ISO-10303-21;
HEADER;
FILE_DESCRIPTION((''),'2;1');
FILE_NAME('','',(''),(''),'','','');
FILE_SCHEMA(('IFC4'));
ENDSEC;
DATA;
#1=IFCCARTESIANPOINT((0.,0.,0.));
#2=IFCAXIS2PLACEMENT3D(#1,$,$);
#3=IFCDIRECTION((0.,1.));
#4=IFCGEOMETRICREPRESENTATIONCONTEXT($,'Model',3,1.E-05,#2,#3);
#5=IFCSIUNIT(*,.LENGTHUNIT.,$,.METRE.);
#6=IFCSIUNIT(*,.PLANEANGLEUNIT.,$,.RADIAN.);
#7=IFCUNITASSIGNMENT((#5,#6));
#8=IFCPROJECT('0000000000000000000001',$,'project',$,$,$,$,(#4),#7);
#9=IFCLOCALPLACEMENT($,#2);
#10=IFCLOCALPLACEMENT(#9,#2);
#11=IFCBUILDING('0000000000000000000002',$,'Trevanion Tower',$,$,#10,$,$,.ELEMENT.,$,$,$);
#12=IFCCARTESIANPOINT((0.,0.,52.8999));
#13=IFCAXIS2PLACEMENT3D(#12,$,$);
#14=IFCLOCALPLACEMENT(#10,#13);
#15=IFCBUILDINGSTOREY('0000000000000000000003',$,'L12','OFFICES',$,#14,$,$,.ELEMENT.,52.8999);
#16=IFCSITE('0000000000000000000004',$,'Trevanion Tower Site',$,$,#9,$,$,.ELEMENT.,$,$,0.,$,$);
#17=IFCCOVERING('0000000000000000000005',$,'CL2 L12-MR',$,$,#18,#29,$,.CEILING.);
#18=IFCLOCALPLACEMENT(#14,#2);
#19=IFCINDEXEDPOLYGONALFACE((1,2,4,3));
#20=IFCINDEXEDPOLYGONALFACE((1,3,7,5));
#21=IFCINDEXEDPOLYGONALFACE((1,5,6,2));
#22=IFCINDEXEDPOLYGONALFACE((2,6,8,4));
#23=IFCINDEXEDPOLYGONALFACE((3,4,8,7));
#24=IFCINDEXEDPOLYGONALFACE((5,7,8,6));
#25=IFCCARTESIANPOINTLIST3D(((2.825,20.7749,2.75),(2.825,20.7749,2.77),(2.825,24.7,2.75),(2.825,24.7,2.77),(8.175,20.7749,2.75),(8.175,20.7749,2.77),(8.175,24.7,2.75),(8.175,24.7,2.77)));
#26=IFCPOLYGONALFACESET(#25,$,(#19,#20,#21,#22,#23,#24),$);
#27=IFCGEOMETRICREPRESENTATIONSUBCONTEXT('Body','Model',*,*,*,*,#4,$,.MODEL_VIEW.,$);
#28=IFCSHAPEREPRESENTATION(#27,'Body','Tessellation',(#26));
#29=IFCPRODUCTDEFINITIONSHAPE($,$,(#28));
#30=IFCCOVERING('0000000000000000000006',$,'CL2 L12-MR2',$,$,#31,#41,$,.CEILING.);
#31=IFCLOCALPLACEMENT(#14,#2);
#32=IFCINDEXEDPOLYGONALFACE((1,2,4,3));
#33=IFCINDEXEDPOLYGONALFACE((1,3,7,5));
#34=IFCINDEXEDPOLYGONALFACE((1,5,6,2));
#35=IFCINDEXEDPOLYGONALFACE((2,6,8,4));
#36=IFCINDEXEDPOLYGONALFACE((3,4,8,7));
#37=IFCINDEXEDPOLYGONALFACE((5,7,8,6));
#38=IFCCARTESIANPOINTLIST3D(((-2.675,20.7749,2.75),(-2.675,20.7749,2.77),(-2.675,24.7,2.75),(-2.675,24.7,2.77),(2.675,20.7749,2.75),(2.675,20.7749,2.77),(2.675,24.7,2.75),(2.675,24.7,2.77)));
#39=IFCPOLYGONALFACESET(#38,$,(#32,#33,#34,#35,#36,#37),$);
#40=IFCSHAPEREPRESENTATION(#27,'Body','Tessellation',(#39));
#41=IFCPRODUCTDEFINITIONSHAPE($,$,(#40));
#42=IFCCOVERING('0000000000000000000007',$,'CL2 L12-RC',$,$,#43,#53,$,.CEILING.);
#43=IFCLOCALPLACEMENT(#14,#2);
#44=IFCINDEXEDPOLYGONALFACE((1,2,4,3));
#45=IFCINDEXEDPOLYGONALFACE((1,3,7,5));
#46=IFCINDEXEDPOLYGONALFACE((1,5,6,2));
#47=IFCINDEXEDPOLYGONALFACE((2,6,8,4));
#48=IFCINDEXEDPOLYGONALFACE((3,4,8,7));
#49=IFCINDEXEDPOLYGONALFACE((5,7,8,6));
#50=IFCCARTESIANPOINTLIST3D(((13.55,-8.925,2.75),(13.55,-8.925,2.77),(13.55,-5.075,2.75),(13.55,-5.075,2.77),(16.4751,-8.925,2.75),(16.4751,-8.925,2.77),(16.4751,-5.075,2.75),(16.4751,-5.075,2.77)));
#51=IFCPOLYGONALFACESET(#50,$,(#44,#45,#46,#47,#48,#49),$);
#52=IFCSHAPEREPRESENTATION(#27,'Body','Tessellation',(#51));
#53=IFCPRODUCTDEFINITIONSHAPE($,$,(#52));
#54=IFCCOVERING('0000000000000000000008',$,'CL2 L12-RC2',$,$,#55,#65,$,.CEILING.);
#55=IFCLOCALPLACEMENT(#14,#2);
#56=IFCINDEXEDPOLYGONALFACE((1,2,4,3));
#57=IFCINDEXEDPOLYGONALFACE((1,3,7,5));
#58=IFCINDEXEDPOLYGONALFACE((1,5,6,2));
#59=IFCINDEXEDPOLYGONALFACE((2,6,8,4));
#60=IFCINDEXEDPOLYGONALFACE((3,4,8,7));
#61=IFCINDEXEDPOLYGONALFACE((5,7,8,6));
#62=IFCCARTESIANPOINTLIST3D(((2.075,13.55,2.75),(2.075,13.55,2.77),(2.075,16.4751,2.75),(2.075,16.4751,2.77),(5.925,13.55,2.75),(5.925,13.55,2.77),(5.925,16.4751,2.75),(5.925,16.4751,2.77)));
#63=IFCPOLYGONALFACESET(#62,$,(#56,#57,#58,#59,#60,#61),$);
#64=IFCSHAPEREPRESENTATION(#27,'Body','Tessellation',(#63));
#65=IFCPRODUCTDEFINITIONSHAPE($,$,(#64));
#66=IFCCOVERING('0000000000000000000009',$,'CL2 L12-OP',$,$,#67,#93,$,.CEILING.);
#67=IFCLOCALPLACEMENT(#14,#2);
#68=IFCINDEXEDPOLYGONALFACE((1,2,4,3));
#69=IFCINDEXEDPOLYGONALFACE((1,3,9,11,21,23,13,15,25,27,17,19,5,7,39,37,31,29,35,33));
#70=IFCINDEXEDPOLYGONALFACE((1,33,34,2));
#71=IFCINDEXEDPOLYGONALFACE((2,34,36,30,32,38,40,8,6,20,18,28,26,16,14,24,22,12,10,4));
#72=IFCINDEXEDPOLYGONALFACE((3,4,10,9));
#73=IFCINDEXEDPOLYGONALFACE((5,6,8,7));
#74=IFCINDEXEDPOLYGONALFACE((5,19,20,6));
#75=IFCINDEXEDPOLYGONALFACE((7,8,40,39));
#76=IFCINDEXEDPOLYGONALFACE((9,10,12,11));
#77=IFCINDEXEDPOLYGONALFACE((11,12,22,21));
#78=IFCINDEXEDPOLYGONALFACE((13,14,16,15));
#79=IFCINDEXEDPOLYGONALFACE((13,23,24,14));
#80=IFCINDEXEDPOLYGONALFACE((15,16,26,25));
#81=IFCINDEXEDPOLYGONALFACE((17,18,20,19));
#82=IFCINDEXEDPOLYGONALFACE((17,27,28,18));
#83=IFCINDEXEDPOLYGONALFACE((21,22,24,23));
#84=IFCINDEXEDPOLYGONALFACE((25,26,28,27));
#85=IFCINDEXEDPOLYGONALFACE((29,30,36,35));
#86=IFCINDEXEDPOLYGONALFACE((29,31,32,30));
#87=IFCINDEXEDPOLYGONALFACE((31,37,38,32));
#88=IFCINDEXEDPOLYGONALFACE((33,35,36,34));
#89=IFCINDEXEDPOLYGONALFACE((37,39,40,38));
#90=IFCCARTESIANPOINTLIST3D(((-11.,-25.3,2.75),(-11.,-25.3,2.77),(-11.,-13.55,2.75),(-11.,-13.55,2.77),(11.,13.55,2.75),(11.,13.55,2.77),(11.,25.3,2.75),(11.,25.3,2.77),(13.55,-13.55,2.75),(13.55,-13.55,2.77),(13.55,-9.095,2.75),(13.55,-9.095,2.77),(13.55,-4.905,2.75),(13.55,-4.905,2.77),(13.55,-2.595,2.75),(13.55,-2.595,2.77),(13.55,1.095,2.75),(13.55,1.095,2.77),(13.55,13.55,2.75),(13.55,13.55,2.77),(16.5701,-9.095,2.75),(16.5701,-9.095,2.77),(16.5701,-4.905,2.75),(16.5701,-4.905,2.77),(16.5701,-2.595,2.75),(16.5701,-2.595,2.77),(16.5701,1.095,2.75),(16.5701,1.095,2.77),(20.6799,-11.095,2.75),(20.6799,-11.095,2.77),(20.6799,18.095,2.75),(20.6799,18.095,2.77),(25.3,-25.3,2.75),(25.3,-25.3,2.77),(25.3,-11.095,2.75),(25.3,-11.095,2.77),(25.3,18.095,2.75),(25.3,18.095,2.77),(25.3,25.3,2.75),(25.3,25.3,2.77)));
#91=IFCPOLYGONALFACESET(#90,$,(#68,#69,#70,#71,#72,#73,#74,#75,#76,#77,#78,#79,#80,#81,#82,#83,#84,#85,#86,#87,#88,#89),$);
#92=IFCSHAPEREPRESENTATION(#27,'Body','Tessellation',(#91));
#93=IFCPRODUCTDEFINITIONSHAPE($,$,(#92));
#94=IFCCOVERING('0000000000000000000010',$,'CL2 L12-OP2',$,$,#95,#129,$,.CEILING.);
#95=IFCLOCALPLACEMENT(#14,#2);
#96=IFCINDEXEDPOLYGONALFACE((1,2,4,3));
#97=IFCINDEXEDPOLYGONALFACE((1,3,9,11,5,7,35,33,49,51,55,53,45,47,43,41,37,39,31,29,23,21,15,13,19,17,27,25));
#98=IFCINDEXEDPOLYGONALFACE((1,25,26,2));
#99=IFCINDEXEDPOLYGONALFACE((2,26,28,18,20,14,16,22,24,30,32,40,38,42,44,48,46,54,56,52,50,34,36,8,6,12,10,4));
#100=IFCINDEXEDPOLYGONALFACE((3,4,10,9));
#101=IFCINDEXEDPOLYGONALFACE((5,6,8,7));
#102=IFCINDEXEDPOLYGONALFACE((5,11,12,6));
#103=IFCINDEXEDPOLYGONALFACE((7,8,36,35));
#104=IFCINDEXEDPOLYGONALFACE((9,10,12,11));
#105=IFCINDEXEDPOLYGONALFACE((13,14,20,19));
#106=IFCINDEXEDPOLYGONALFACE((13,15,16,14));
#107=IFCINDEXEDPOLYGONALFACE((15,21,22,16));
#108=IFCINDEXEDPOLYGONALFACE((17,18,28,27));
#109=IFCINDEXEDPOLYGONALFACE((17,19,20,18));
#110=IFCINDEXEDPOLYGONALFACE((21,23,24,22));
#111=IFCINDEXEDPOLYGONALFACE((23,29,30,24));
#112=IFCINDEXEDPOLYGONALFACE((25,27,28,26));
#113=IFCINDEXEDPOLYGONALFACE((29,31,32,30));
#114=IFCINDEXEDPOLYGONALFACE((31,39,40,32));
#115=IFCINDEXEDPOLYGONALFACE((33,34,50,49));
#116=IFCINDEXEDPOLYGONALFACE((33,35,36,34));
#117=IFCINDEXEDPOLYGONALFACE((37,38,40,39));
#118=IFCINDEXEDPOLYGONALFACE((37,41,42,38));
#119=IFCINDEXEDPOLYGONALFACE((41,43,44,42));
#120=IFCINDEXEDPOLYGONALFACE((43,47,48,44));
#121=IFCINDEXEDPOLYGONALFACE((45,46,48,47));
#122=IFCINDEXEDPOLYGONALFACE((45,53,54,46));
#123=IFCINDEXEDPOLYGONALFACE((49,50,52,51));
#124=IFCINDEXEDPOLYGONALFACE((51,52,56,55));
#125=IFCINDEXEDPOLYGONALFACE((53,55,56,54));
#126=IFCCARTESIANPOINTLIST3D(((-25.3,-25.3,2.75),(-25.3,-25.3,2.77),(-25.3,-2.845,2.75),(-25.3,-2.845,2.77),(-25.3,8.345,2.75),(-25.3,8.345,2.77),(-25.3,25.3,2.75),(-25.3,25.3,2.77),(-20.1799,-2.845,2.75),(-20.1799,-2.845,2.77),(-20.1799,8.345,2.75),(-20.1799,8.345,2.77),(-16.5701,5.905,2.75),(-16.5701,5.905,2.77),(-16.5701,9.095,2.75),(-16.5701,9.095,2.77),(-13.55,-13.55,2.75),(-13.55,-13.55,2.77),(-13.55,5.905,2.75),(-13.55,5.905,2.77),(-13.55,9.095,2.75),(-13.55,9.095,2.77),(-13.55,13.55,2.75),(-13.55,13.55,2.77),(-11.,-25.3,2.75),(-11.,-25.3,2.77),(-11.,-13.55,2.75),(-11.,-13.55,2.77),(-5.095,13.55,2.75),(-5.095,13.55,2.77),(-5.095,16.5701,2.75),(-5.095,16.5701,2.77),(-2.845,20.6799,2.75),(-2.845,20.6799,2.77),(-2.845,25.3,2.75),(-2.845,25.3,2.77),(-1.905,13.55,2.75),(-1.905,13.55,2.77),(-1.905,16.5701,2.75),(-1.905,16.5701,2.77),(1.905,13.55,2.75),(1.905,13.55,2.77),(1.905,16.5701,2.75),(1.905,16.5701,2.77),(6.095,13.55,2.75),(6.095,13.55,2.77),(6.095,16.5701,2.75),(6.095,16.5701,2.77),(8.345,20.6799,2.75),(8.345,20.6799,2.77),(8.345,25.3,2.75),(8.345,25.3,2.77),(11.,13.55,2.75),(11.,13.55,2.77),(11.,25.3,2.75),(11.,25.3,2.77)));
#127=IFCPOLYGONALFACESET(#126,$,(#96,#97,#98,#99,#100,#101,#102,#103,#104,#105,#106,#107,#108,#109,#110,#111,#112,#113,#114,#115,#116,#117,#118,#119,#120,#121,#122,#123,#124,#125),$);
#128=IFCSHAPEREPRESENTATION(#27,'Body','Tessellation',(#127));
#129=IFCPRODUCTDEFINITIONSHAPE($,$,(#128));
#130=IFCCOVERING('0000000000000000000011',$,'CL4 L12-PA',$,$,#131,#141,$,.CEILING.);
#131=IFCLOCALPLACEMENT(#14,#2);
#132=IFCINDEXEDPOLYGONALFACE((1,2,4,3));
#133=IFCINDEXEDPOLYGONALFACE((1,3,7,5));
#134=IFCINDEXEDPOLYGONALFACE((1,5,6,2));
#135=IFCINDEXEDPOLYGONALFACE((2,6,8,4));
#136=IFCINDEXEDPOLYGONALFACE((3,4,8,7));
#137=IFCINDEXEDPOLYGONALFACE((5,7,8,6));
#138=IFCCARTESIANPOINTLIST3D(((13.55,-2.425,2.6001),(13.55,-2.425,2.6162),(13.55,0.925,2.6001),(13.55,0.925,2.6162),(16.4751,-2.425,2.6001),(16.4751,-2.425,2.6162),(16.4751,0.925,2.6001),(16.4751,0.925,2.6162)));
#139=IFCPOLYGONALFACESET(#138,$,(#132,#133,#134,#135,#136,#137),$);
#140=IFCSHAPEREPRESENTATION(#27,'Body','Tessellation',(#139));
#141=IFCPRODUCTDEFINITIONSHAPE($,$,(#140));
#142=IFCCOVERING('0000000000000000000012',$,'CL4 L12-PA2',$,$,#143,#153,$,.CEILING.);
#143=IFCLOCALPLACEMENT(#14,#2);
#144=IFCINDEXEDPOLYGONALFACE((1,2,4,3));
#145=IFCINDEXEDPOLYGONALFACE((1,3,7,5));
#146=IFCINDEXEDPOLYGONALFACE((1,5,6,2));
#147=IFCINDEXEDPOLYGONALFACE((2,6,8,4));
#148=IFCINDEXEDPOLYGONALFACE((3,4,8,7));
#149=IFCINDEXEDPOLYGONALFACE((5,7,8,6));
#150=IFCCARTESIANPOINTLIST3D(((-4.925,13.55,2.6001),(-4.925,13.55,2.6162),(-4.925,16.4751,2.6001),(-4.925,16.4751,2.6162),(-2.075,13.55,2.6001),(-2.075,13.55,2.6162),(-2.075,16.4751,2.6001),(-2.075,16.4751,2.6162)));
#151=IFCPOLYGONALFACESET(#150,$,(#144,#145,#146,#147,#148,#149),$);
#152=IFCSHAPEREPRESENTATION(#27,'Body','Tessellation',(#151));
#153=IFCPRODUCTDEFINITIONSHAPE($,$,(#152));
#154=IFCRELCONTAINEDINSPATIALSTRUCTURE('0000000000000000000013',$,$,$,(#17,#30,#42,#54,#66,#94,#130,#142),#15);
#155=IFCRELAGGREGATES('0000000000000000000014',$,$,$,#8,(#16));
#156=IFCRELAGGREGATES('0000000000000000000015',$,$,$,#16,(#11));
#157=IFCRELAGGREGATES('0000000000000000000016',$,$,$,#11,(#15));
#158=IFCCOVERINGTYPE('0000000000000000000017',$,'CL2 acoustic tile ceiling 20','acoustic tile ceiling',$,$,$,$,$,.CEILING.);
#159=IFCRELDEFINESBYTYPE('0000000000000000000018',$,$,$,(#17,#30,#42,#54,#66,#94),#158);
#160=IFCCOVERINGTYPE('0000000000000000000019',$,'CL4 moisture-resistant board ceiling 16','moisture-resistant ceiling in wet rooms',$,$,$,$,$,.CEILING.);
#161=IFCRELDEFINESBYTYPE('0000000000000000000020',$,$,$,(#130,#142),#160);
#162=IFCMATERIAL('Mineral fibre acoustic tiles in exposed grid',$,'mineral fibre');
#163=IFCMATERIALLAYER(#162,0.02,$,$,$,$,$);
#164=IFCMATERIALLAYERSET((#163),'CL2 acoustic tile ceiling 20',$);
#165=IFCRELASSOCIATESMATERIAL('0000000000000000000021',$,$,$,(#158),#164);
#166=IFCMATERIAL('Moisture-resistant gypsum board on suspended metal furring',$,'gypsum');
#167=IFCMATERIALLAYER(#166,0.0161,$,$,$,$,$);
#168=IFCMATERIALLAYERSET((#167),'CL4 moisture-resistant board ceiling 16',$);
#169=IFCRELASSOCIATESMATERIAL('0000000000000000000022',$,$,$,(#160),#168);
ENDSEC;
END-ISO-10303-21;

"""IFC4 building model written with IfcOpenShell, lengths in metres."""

from ifc_helpers import new_model, si_unit, direction, frame, origin, place, context, subcontext, project, spatial, polyline, outline, extrude, material, layer, layer_set, type_object, element, save


model = new_model("IFC4")

# Units and contexts
model_context = context("Model", 3, precision=1e-05, world=origin(), true_north=direction((0.0, 1.0)))
body_context = subcontext(model_context, "Body", "Model", "MODEL_VIEW")
ifc_project = project(units=[si_unit("LENGTHUNIT", "METRE"), si_unit("PLANEANGLEUNIT", "RADIAN")], contexts=[model_context])

# Site, building, storey
site_placement = place(None, origin())
site = spatial("IfcSite", under=ifc_project, at=site_placement, Name="Trevanion Tower Site", CompositionType="ELEMENT", RefElevation=0.0)
building_placement = place(site_placement, origin())
building = spatial("IfcBuilding", under=site, at=building_placement, Name="Trevanion Tower", CompositionType="ELEMENT")
storey_placement = place(building_placement, frame((0.0, 0.0, 52.8999)))
storey = spatial("IfcBuildingStorey", under=building, at=storey_placement, Name="L12", Description="OFFICES", CompositionType="ELEMENT", Elevation=52.8999)

# Coverings
ifc_material_1 = material(Name="Mineral fibre acoustic tiles in exposed grid", Category="mineral fibre")
ifc_layer_1 = layer(ifc_material_1, 0.02)
ifc_layer_set_1 = layer_set([ifc_layer_1], Name="CL2 acoustic tile ceiling 20")
covering_type_1 = type_object("IfcCoveringType", Name="CL2 acoustic tile ceiling 20", Description="acoustic tile ceiling", PredefinedType="CEILING", material=ifc_layer_set_1)
covering_1_placement = place(storey_placement, frame((0.0, 0.0, 2.75)))
element("IfcCovering", 1, at=covering_1_placement, inside=storey, type_object=covering_type_1, Name="CL2 L12-MR", PredefinedType="CEILING", context=body_context, shape_type="SweptSolid", body=[
    extrude(outline(polyline([(8.175, 20.7749), (2.825, 20.7749), (2.825, 24.7), (8.175, 24.7), (8.175, 20.7749)])), origin(), (0.0, 0.0, 1.0), 0.02),
])
covering_2_placement = place(storey_placement, frame((0.0, 0.0, 2.75)))
element("IfcCovering", 2, at=covering_2_placement, inside=storey, type_object=covering_type_1, Name="CL2 L12-MR2", PredefinedType="CEILING", context=body_context, shape_type="SweptSolid", body=[
    extrude(outline(polyline([(2.675, 20.7749), (-2.675, 20.7749), (-2.675, 24.7), (2.675, 24.7), (2.675, 20.7749)])), origin(), (0.0, 0.0, 1.0), 0.02),
])
covering_3_placement = place(storey_placement, frame((0.0, 0.0, 2.75)))
element("IfcCovering", 3, at=covering_3_placement, inside=storey, type_object=covering_type_1, Name="CL2 L12-RC", PredefinedType="CEILING", context=body_context, shape_type="SweptSolid", body=[
    extrude(outline(polyline([(13.55, -8.925), (13.55, -5.075), (16.4751, -5.075), (16.4751, -8.925), (13.55, -8.925)])), origin(), (0.0, 0.0, 1.0), 0.02),
])
covering_4_placement = place(storey_placement, frame((0.0, 0.0, 2.75)))
element("IfcCovering", 4, at=covering_4_placement, inside=storey, type_object=covering_type_1, Name="CL2 L12-RC2", PredefinedType="CEILING", context=body_context, shape_type="SweptSolid", body=[
    extrude(outline(polyline([(5.925, 13.55), (2.075, 13.55), (2.075, 16.4751), (5.925, 16.4751), (5.925, 13.55)])), origin(), (0.0, 0.0, 1.0), 0.02),
])
covering_5_placement = place(storey_placement, frame((0.0, 0.0, 2.75)))
element("IfcCovering", 5, at=covering_5_placement, inside=storey, type_object=covering_type_1, Name="CL2 L12-OP", PredefinedType="CEILING", context=body_context, shape_type="SweptSolid", body=[
    extrude(outline(polyline([(13.55, -13.55), (13.55, -9.095), (16.5701, -9.095), (16.5701, -4.905), (13.55, -4.905), (13.55, -2.595), (16.5701, -2.595), (16.5701, 1.095), (13.55, 1.095), (13.55, 13.55), (11.0, 13.55), (11.0, 25.3), (25.3, 25.3), (25.3, 18.095), (20.6799, 18.095), (20.6799, -11.095), (25.3, -11.095), (25.3, -25.3), (-11.0, -25.3), (-11.0, -13.55), (13.55, -13.55)])), origin(), (0.0, 0.0, 1.0), 0.02),
])
covering_6_placement = place(storey_placement, frame((0.0, 0.0, 2.75)))
element("IfcCovering", 6, at=covering_6_placement, inside=storey, type_object=covering_type_1, Name="CL2 L12-OP2", PredefinedType="CEILING", context=body_context, shape_type="SweptSolid", body=[
    extrude(outline(polyline([(-11.0, -13.55), (-11.0, -25.3), (-25.3, -25.3), (-25.3, -2.845), (-20.1799, -2.845), (-20.1799, 8.345), (-25.3, 8.345), (-25.3, 25.3), (-2.845, 25.3), (-2.845, 20.6799), (8.345, 20.6799), (8.345, 25.3), (11.0, 25.3), (11.0, 13.55), (6.095, 13.55), (6.095, 16.5701), (1.905, 16.5701), (1.905, 13.55), (-1.905, 13.55), (-1.905, 16.5701), (-5.095, 16.5701), (-5.095, 13.55), (-13.55, 13.55), (-13.55, 9.095), (-16.5701, 9.095), (-16.5701, 5.905), (-13.55, 5.905), (-13.55, -13.55), (-11.0, -13.55)])), origin(), (0.0, 0.0, 1.0), 0.02),
])
ifc_material_2 = material(Name="Moisture-resistant gypsum board on suspended metal furring", Category="gypsum")
ifc_layer_2 = layer(ifc_material_2, 0.0161)
ifc_layer_set_2 = layer_set([ifc_layer_2], Name="CL4 moisture-resistant board ceiling 16")
covering_type_2 = type_object("IfcCoveringType", Name="CL4 moisture-resistant board ceiling 16", Description="moisture-resistant ceiling in wet rooms", PredefinedType="CEILING", material=ifc_layer_set_2)
covering_7_placement = place(storey_placement, frame((0.0, 0.0, 2.6001)))
element("IfcCovering", 7, at=covering_7_placement, inside=storey, type_object=covering_type_2, Name="CL4 L12-PA", PredefinedType="CEILING", context=body_context, shape_type="SweptSolid", body=[
    extrude(outline(polyline([(13.55, -2.425), (13.55, 0.925), (16.4751, 0.925), (16.4751, -2.425), (13.55, -2.425)])), origin(), (0.0, 0.0, 1.0), 0.0161),
])
covering_8_placement = place(storey_placement, frame((0.0, 0.0, 2.6001)))
element("IfcCovering", 8, at=covering_8_placement, inside=storey, type_object=covering_type_2, Name="CL4 L12-PA2", PredefinedType="CEILING", context=body_context, shape_type="SweptSolid", body=[
    extrude(outline(polyline([(-2.075, 13.55), (-4.925, 13.55), (-4.925, 16.4751), (-2.075, 16.4751), (-2.075, 13.55)])), origin(), (0.0, 0.0, 1.0), 0.0161),
])

save(model, "model.ifc")
